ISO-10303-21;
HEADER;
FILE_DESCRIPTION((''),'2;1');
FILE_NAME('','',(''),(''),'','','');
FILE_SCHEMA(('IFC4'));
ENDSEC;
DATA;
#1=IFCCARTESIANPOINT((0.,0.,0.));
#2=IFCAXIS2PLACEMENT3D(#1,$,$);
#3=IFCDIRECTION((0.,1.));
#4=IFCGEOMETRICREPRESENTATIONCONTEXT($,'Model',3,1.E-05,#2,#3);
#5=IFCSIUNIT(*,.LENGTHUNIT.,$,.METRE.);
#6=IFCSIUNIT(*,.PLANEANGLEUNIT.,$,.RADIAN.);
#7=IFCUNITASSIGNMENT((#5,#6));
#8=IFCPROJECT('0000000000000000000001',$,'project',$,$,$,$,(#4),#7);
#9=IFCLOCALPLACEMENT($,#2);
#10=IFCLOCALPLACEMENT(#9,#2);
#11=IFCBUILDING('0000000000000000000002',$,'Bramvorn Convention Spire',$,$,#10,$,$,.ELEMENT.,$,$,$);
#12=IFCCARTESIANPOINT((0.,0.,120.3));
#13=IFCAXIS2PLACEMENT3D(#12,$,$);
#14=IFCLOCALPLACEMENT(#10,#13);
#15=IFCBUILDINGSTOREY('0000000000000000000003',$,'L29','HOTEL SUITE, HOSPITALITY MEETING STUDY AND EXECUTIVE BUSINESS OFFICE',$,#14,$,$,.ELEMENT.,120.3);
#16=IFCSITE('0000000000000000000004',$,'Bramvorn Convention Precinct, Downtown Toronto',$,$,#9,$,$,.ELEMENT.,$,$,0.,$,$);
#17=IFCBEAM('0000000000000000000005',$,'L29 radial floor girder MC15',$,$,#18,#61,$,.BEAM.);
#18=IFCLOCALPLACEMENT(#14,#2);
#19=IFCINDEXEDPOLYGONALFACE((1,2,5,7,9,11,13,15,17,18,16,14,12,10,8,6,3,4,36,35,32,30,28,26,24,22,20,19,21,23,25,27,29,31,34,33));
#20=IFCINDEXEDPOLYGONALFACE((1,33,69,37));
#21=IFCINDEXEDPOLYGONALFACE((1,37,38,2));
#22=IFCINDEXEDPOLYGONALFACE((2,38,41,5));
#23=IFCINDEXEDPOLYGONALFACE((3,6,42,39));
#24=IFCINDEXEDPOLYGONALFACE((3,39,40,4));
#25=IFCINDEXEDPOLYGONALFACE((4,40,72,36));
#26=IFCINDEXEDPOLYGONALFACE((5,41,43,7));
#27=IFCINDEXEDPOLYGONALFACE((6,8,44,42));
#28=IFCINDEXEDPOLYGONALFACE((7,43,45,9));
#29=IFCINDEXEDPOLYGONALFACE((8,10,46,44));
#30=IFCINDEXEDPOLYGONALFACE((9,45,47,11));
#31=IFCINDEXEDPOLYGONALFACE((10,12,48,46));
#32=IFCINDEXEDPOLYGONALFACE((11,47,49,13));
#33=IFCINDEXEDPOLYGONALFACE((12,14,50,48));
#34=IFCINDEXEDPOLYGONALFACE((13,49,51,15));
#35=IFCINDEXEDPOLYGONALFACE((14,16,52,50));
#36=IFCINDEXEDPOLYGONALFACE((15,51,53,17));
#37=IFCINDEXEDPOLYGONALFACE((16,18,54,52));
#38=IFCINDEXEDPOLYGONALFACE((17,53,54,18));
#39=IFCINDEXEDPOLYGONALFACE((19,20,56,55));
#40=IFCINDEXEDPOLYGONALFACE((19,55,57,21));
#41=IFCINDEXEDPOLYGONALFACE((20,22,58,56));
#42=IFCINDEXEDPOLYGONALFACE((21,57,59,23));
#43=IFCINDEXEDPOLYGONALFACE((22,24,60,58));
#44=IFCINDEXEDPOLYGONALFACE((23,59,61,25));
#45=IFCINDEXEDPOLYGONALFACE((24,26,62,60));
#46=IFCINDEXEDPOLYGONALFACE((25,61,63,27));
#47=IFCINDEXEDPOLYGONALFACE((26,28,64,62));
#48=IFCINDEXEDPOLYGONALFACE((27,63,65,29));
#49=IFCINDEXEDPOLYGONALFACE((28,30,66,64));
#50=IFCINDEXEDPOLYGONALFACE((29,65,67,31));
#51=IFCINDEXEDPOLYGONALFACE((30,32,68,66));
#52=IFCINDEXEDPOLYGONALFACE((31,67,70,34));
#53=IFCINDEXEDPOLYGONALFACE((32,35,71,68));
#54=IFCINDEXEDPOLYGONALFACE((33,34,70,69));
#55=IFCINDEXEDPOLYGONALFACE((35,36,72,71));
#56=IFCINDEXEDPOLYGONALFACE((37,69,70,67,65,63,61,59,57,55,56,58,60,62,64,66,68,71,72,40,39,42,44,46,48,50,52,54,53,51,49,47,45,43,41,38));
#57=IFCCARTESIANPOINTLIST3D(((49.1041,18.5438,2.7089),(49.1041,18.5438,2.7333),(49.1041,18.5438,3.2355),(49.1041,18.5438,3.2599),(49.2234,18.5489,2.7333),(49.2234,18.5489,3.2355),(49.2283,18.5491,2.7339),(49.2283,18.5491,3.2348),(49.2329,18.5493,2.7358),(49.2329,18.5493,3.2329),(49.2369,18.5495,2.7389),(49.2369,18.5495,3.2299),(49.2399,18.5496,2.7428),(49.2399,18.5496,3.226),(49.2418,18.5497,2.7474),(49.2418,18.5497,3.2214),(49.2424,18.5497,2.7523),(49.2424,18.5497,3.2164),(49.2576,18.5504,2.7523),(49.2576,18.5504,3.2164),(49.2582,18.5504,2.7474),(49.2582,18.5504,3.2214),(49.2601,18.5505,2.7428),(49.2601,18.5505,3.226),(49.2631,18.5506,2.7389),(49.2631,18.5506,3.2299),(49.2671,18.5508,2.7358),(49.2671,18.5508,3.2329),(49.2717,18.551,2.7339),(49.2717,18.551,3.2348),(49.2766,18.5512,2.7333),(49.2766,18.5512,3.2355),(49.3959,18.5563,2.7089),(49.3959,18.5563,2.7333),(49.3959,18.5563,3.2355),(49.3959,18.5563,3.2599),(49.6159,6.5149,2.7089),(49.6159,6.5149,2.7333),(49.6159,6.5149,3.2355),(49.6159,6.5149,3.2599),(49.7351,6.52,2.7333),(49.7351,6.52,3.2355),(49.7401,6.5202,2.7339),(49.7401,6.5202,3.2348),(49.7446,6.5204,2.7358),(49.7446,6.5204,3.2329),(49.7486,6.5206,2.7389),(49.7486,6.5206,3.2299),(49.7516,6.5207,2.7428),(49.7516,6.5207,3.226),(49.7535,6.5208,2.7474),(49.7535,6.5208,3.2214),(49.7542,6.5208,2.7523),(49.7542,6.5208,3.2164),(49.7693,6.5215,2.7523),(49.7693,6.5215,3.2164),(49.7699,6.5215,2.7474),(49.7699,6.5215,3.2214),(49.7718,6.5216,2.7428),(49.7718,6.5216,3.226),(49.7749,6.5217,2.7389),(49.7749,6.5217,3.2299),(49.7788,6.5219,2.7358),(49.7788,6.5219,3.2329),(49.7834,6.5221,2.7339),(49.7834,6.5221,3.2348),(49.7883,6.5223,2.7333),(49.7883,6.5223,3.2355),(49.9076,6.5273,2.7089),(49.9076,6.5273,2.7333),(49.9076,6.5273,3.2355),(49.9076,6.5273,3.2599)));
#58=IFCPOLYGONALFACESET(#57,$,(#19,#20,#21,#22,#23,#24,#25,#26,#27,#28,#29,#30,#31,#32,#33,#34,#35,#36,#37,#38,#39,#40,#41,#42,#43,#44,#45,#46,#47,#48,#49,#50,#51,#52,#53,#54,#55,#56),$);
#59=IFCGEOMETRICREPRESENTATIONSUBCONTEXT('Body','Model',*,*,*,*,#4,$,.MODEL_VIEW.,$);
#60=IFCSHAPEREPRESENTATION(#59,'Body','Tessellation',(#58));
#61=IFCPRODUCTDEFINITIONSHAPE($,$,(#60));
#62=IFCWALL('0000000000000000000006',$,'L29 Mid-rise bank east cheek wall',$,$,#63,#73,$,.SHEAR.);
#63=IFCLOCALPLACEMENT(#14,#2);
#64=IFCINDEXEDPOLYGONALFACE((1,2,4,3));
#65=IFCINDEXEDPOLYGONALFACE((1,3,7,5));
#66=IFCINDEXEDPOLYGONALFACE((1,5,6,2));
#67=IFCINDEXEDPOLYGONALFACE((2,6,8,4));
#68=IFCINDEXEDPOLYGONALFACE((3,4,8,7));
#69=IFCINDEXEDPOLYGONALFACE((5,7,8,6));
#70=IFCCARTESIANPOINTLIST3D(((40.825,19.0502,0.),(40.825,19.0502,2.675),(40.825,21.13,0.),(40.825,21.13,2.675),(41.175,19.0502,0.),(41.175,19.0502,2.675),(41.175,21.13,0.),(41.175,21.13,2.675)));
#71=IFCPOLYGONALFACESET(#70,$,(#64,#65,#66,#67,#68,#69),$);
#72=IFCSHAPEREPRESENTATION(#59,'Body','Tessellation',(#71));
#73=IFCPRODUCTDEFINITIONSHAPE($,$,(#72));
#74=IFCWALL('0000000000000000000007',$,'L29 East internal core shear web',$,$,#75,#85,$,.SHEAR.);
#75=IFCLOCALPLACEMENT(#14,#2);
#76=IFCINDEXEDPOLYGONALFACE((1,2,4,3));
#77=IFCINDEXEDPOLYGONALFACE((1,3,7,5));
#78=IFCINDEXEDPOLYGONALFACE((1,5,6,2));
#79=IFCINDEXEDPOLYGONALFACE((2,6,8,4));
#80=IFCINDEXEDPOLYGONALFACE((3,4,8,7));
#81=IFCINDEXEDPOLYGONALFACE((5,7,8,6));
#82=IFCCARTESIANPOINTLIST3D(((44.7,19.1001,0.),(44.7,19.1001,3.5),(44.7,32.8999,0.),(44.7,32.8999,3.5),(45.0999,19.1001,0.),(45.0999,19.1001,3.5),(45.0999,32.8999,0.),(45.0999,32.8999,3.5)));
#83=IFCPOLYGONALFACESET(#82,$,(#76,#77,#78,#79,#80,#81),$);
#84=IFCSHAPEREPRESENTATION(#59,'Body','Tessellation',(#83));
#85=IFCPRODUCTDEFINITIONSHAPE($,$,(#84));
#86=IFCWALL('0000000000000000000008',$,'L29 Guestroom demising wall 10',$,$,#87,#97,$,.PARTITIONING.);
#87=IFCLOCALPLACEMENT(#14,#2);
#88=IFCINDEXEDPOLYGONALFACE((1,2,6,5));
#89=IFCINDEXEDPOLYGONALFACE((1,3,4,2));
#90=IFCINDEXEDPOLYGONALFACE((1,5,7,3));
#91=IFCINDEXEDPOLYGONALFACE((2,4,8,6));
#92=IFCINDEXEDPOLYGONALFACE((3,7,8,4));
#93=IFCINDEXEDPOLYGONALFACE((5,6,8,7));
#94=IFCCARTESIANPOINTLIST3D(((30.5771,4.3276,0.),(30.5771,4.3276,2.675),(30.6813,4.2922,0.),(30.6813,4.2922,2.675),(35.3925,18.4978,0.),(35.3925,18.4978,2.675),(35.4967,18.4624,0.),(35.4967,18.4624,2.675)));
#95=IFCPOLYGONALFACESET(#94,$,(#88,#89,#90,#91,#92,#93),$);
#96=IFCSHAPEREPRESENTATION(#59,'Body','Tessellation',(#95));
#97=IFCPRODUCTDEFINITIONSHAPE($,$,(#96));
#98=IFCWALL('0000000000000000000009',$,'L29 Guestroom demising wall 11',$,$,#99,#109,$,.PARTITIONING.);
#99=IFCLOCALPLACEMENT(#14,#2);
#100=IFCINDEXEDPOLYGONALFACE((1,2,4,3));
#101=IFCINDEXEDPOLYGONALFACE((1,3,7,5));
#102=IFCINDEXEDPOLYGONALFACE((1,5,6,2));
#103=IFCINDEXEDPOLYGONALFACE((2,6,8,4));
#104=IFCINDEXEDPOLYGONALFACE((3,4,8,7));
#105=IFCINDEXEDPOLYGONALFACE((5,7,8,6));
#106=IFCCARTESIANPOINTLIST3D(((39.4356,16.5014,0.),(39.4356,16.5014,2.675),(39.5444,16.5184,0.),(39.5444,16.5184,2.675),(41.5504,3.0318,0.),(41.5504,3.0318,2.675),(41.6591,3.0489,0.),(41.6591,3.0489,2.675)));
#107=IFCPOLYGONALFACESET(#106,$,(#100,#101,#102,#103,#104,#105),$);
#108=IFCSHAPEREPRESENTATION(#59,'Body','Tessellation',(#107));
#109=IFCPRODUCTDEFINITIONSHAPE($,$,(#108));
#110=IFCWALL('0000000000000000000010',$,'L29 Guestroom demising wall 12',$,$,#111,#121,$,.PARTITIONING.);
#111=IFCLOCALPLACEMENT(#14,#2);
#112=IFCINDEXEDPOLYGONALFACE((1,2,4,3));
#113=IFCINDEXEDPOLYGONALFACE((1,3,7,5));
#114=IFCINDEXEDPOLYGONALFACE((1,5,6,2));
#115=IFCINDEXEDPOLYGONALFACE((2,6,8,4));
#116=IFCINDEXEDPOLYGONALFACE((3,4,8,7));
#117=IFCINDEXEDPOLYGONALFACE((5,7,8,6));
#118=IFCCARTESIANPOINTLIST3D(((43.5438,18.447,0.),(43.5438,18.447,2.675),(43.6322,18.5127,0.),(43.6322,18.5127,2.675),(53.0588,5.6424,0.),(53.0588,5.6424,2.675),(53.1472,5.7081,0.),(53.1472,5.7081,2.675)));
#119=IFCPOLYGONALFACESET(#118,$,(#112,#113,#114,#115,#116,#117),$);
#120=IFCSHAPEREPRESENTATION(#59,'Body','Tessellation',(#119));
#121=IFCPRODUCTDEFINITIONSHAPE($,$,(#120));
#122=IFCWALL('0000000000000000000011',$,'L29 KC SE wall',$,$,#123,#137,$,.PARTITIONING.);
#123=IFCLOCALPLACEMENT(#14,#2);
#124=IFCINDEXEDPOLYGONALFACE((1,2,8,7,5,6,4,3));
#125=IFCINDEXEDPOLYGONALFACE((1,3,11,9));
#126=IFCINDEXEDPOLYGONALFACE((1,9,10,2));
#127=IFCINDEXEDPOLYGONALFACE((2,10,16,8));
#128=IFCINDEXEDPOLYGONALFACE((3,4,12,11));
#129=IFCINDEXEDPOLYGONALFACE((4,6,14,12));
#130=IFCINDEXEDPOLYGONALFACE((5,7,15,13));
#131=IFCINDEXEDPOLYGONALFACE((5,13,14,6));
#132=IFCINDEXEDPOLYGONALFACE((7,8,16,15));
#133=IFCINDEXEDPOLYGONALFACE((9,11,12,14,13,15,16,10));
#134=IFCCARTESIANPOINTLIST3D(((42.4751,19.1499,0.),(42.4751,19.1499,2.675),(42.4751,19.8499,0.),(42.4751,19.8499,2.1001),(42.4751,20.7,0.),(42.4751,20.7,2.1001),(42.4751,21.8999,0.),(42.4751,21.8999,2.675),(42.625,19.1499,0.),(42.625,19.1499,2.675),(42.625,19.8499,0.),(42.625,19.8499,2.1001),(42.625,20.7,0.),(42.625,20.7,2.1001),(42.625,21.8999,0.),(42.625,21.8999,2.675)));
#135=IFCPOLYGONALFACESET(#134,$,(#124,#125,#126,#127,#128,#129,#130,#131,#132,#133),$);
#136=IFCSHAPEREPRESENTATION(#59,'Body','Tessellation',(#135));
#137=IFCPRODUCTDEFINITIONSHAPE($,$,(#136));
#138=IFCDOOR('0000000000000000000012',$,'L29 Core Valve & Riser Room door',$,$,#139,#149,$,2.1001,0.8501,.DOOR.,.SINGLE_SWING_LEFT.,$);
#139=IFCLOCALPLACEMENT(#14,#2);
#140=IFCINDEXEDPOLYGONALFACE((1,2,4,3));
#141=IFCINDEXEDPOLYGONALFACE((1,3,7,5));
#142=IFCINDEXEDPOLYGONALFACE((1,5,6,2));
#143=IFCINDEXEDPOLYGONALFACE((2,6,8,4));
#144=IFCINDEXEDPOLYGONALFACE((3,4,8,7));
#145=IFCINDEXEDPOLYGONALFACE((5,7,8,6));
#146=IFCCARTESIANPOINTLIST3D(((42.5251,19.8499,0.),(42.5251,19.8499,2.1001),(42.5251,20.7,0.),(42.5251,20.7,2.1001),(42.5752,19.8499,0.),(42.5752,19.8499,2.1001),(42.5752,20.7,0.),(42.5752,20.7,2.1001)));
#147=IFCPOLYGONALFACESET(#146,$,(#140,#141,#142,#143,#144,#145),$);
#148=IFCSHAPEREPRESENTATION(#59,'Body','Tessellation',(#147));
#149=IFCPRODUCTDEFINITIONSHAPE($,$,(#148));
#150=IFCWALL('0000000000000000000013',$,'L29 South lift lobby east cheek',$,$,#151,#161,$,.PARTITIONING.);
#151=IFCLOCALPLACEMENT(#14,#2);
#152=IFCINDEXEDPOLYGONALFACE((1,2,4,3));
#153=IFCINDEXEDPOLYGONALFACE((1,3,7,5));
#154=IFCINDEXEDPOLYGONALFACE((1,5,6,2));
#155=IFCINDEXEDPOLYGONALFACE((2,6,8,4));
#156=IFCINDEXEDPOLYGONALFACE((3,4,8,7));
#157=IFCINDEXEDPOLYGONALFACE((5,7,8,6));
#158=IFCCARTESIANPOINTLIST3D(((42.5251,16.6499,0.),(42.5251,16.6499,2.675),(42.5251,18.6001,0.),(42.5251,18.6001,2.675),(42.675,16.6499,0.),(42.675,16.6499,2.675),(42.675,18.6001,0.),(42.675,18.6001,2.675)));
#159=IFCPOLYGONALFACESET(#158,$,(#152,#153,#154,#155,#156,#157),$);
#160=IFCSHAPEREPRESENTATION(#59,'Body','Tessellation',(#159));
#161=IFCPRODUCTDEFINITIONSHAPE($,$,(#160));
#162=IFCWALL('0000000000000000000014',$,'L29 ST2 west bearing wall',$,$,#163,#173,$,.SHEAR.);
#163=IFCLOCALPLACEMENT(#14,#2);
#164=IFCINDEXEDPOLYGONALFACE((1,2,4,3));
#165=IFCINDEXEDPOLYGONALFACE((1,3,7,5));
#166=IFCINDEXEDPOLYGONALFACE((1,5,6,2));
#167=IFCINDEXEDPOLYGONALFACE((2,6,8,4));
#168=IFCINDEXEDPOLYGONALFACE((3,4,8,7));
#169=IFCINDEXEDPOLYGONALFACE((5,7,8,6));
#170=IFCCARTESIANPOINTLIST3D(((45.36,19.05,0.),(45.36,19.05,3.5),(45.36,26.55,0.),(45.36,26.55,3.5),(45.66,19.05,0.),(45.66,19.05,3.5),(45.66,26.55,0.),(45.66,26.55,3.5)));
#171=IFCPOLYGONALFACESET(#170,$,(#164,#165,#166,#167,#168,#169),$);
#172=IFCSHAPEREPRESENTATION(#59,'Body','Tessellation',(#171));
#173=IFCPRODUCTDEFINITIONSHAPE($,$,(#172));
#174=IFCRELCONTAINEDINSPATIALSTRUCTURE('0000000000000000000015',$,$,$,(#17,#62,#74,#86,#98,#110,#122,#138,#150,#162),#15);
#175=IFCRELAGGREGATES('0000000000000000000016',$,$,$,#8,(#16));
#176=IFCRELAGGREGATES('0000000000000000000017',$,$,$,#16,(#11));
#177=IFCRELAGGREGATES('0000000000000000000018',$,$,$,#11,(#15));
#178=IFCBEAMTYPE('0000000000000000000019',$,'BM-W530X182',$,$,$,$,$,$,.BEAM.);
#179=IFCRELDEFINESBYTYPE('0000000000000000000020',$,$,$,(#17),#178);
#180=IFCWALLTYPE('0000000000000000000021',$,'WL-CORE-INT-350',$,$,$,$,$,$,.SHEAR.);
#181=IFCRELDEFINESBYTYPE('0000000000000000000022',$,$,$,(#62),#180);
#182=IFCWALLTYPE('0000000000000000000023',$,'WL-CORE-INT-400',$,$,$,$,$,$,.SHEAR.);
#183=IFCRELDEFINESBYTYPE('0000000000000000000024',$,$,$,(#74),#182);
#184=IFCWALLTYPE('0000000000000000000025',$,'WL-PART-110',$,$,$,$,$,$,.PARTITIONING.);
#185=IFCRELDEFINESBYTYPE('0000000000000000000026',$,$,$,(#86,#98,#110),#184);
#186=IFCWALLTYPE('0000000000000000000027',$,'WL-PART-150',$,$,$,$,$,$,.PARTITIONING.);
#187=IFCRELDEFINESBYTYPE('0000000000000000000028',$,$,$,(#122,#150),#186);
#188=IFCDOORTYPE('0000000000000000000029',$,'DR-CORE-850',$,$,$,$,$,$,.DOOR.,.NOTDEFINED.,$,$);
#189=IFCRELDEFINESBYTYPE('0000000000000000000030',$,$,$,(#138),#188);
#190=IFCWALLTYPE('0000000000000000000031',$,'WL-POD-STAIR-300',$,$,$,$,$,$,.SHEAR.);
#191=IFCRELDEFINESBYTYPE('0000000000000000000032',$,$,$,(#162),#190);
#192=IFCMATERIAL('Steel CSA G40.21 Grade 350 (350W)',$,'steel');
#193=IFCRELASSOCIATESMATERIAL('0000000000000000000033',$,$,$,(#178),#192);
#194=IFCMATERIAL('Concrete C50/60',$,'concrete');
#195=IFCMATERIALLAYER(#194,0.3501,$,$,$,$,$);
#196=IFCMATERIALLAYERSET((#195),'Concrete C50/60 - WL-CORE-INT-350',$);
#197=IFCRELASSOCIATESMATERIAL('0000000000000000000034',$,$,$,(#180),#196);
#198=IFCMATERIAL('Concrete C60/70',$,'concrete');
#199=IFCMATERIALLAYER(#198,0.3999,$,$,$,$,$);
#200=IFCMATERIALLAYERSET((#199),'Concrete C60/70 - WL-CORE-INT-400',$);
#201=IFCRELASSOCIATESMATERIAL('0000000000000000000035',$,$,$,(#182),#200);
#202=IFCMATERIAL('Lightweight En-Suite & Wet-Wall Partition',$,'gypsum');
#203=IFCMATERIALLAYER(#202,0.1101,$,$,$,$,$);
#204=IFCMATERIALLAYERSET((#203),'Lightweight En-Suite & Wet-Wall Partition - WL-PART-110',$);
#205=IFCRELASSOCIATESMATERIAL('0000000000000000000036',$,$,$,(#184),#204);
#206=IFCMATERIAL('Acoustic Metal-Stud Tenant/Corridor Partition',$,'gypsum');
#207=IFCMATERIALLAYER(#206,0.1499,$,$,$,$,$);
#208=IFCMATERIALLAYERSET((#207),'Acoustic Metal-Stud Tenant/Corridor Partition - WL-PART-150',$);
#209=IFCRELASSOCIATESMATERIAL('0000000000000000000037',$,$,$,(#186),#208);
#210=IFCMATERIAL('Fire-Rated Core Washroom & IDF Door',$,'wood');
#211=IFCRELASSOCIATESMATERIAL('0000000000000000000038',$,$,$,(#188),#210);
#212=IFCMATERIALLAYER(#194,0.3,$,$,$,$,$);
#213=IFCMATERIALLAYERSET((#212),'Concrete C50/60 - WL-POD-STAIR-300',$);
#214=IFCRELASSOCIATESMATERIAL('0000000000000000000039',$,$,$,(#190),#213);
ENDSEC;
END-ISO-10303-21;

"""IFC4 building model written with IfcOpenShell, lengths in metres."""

from ifc_helpers import new_model, si_unit, direction, frame, frame_2d, origin, origin_2d, place, context, subcontext, project, spatial, rectangle, i_section, extrude, material, layer, layer_set, material_profile, profile_set, type_object, element, fill, save


model = new_model("IFC4")

# Units and contexts
model_context = context("Model", 3, precision=1e-05, world=origin(), true_north=direction((0.0, 1.0)))
body_context = subcontext(model_context, "Body", "Model", "MODEL_VIEW")
ifc_project = project(units=[si_unit("LENGTHUNIT", "METRE"), si_unit("PLANEANGLEUNIT", "RADIAN")], contexts=[model_context])

# Site, building, storey
site_placement = place(None, origin())
site = spatial("IfcSite", under=ifc_project, at=site_placement, Name="Bramvorn Convention Precinct, Downtown Toronto", CompositionType="ELEMENT", RefElevation=0.0)
building_placement = place(site_placement, origin())
building = spatial("IfcBuilding", under=site, at=building_placement, Name="Bramvorn Convention Spire", CompositionType="ELEMENT")
storey_placement = place(building_placement, frame((0.0, 0.0, 120.3)))
storey = spatial("IfcBuildingStorey", under=building, at=storey_placement, Name="L29", Description="HOTEL SUITE, HOSPITALITY MEETING STUDY AND EXECUTIVE BUSINESS OFFICE", CompositionType="ELEMENT", Elevation=120.3)

# Beam
ifc_material_1 = material(Name="Steel CSA G40.21 Grade 350 (350W)", Category="steel")
ifc_material_profile_1 = material_profile(ifc_material_1, i_section(OverallWidth=0.292, OverallDepth=0.551, WebThickness=0.0151, FlangeThickness=0.0244, FilletRadius=0.019, at=origin_2d()))
ifc_profile_set_1 = profile_set([ifc_material_profile_1], Name="Steel CSA G40.21 Grade 350 (350W) - W530X182")
beam_type_1 = type_object("IfcBeamType", Name="BM-W530X182", PredefinedType="BEAM", material=ifc_profile_set_1)
beam_1_placement = place(storey_placement, frame((49.25, 18.55, 2.9844), z_axis=(0.042503, -0.999096, 0.0), x_axis=(0.999096, 0.042503, 0.0)))
element("IfcBeam", 1, at=beam_1_placement, inside=storey, type_object=beam_type_1, Name="L29 radial floor girder MC15", PredefinedType="BEAM", context=body_context, shape_type="SweptSolid", body=[
    extrude(i_section(OverallWidth=0.292, OverallDepth=0.551, WebThickness=0.0151, FlangeThickness=0.0244, FilletRadius=0.019, at=origin_2d()), origin(), (0.0, 0.0, 1.0), 12.0398),
])

# Shared definitions
ifc_material_2 = material(Name="Concrete C60/70", Category="concrete")

# Walls
ifc_material_3 = material(Name="Concrete C50/60", Category="concrete")
ifc_layer_1 = layer(ifc_material_3, 0.3501)
ifc_layer_set_1 = layer_set([ifc_layer_1], Name="Concrete C50/60 - WL-CORE-INT-350")
wall_type_1 = type_object("IfcWallType", Name="WL-CORE-INT-350", PredefinedType="SHEAR", material=ifc_layer_set_1)
wall_1_placement = place(storey_placement, frame((41.0, 19.05, 0.0), z_axis=(0.0, 0.0, 1.0), x_axis=(0.0, 1.0, 0.0)))
element("IfcWall", 2, at=wall_1_placement, inside=storey, type_object=wall_type_1, Name="L29 Mid-rise bank east cheek wall", PredefinedType="SHEAR", context=body_context, shape_type="SweptSolid", body=[
    extrude(rectangle(XDim=2.0798, YDim=0.3501, at=frame_2d((1.04, 0.0))), origin(), (0.0, 0.0, 1.0), 2.675),
])
ifc_layer_2 = layer(ifc_material_2, 0.3999)
ifc_layer_set_2 = layer_set([ifc_layer_2], Name="Concrete C60/70 - WL-CORE-INT-400")
wall_type_2 = type_object("IfcWallType", Name="WL-CORE-INT-400", PredefinedType="SHEAR", material=ifc_layer_set_2)
wall_2_placement = place(storey_placement, frame((44.8999, 19.1001, 0.0), z_axis=(0.0, 0.0, 1.0), x_axis=(0.0, 1.0, 0.0)))
element("IfcWall", 3, at=wall_2_placement, inside=storey, type_object=wall_type_2, Name="L29 East internal core shear web", PredefinedType="SHEAR", context=body_context, shape_type="SweptSolid", body=[
    extrude(rectangle(XDim=13.7998, YDim=0.3999, at=frame_2d((6.8999, 0.0))), origin(), (0.0, 0.0, 1.0), 3.5),
])
ifc_material_4 = material(Name="Lightweight En-Suite & Wet-Wall Partition", Category="gypsum")
ifc_layer_3 = layer(ifc_material_4, 0.1101)
ifc_layer_set_3 = layer_set([ifc_layer_3], Name="Lightweight En-Suite & Wet-Wall Partition - WL-PART-110")
wall_type_3 = type_object("IfcWallType", Name="WL-PART-110", PredefinedType="PARTITIONING", material=ifc_layer_set_3)
wall_3_placement = place(storey_placement, frame((35.4446, 18.48, 0.0), z_axis=(0.0, 0.0, 1.0), x_axis=(-0.321757, -0.946822, 0.0)))
element("IfcWall", 4, at=wall_3_placement, inside=storey, type_object=wall_type_3, Name="L29 Guestroom demising wall 10", PredefinedType="PARTITIONING", context=body_context, shape_type="SweptSolid", body=[
    extrude(rectangle(XDim=14.9661, YDim=0.1101, at=frame_2d((7.4829, 0.0))), origin(), (0.0, 0.0, 1.0), 2.675),
])
wall_4_placement = place(storey_placement, frame((39.49, 16.51, 0.0), z_axis=(0.0, 0.0, 1.0), x_axis=(0.155103, -0.987898, 0.0)))
element("IfcWall", 5, at=wall_4_placement, inside=storey, type_object=wall_type_3, Name="L29 Guestroom demising wall 11", PredefinedType="PARTITIONING", context=body_context, shape_type="SweptSolid", body=[
    extrude(rectangle(XDim=13.6345, YDim=0.1101, at=frame_2d((6.8174, 0.0))), origin(), (0.0, 0.0, 1.0), 2.675),
])
wall_5_placement = place(storey_placement, frame((43.5879, 18.48, 0.0), z_axis=(0.0, 0.0, 1.0), x_axis=(0.596449, -0.802651, 0.0)))
element("IfcWall", 6, at=wall_5_placement, inside=storey, type_object=wall_type_3, Name="L29 Guestroom demising wall 12", PredefinedType="PARTITIONING", context=body_context, shape_type="SweptSolid", body=[
    extrude(rectangle(XDim=15.9529, YDim=0.1101, at=frame_2d((7.9766, 0.0))), origin(), (0.0, 0.0, 1.0), 2.675),
])

# Wall, opening, door
ifc_material_5 = material(Name="Acoustic Metal-Stud Tenant/Corridor Partition", Category="gypsum")
ifc_layer_4 = layer(ifc_material_5, 0.1499)
ifc_layer_set_4 = layer_set([ifc_layer_4], Name="Acoustic Metal-Stud Tenant/Corridor Partition - WL-PART-150")
wall_type_4 = type_object("IfcWallType", Name="WL-PART-150", PredefinedType="PARTITIONING", material=ifc_layer_set_4)
wall_6_placement = place(storey_placement, frame((42.55, 19.1499, 0.0), z_axis=(0.0, 0.0, 1.0), x_axis=(0.0, 1.0, 0.0)))
wall_6 = element("IfcWall", 7, at=wall_6_placement, inside=storey, type_object=wall_type_4, Name="L29 KC SE wall", PredefinedType="PARTITIONING", context=body_context, shape_type="SweptSolid", body=[
    extrude(rectangle(XDim=2.75, YDim=0.1499, at=frame_2d((1.375, 0.0))), origin(), (0.0, 0.0, 1.0), 2.675),
])
opening_1_placement = place(wall_6_placement, frame((0.7, 0.0, 0.0)))
opening_1 = element("IfcOpeningElement", 8, at=opening_1_placement, cuts=wall_6, PredefinedType="OPENING", context=body_context, shape_type="SweptSolid", body=[
    extrude(rectangle(XDim=0.8501, YDim=2.1001, at=frame_2d((0.425, 1.05))), frame((0.0, 0.085, 0.0), z_axis=(0.0, -1.0, 0.0), x_axis=(1.0, 0.0, 0.0)), (0.0, 0.0, 1.0), 0.1699),
])
ifc_material_6 = material(Name="Fire-Rated Core Washroom & IDF Door", Category="wood")
door_type_1 = type_object("IfcDoorType", Name="DR-CORE-850", OperationType="NOTDEFINED", PredefinedType="DOOR", material=ifc_material_6)
door_1_placement = place(opening_1_placement, origin())
door_1 = element("IfcDoor", 9, at=door_1_placement, inside=storey, type_object=door_type_1, Name="L29 Core Valve & Riser Room door", OperationType="SINGLE_SWING_LEFT", OverallHeight=2.1001, OverallWidth=0.8501, PredefinedType="DOOR", context=body_context, shape_type="SweptSolid", body=[
    extrude(rectangle(XDim=0.8501, YDim=2.1001, at=frame_2d((0.425, 1.05))), frame((0.0, 0.0249, 0.0), z_axis=(0.0, -1.0, 0.0), x_axis=(1.0, 0.0, 0.0)), (0.0, 0.0, 1.0), 0.05),
])
fill(opening_1, door_1)

# Walls
wall_7_placement = place(storey_placement, frame((42.6001, 16.6499, 0.0), z_axis=(0.0, 0.0, 1.0), x_axis=(0.0, 1.0, 0.0)))
element("IfcWall", 10, at=wall_7_placement, inside=storey, type_object=wall_type_4, Name="L29 South lift lobby east cheek", PredefinedType="PARTITIONING", context=body_context, shape_type="SweptSolid", body=[
    extrude(rectangle(XDim=1.9502, YDim=0.1499, at=frame_2d((0.9751, 0.0))), origin(), (0.0, 0.0, 1.0), 2.675),
])
ifc_layer_5 = layer(ifc_material_3, 0.3)
ifc_layer_set_5 = layer_set([ifc_layer_5], Name="Concrete C50/60 - WL-POD-STAIR-300")
wall_type_5 = type_object("IfcWallType", Name="WL-POD-STAIR-300", PredefinedType="SHEAR", material=ifc_layer_set_5)
wall_8_placement = place(storey_placement, frame((45.51, 19.05, 0.0), z_axis=(0.0, 0.0, 1.0), x_axis=(0.0, 1.0, 0.0)))
element("IfcWall", 11, at=wall_8_placement, inside=storey, type_object=wall_type_5, Name="L29 ST2 west bearing wall", PredefinedType="SHEAR", context=body_context, shape_type="SweptSolid", body=[
    extrude(rectangle(XDim=7.5, YDim=0.3, at=frame_2d((3.75, 0.0))), origin(), (0.0, 0.0, 1.0), 3.5),
])

save(model, "model.ifc")
